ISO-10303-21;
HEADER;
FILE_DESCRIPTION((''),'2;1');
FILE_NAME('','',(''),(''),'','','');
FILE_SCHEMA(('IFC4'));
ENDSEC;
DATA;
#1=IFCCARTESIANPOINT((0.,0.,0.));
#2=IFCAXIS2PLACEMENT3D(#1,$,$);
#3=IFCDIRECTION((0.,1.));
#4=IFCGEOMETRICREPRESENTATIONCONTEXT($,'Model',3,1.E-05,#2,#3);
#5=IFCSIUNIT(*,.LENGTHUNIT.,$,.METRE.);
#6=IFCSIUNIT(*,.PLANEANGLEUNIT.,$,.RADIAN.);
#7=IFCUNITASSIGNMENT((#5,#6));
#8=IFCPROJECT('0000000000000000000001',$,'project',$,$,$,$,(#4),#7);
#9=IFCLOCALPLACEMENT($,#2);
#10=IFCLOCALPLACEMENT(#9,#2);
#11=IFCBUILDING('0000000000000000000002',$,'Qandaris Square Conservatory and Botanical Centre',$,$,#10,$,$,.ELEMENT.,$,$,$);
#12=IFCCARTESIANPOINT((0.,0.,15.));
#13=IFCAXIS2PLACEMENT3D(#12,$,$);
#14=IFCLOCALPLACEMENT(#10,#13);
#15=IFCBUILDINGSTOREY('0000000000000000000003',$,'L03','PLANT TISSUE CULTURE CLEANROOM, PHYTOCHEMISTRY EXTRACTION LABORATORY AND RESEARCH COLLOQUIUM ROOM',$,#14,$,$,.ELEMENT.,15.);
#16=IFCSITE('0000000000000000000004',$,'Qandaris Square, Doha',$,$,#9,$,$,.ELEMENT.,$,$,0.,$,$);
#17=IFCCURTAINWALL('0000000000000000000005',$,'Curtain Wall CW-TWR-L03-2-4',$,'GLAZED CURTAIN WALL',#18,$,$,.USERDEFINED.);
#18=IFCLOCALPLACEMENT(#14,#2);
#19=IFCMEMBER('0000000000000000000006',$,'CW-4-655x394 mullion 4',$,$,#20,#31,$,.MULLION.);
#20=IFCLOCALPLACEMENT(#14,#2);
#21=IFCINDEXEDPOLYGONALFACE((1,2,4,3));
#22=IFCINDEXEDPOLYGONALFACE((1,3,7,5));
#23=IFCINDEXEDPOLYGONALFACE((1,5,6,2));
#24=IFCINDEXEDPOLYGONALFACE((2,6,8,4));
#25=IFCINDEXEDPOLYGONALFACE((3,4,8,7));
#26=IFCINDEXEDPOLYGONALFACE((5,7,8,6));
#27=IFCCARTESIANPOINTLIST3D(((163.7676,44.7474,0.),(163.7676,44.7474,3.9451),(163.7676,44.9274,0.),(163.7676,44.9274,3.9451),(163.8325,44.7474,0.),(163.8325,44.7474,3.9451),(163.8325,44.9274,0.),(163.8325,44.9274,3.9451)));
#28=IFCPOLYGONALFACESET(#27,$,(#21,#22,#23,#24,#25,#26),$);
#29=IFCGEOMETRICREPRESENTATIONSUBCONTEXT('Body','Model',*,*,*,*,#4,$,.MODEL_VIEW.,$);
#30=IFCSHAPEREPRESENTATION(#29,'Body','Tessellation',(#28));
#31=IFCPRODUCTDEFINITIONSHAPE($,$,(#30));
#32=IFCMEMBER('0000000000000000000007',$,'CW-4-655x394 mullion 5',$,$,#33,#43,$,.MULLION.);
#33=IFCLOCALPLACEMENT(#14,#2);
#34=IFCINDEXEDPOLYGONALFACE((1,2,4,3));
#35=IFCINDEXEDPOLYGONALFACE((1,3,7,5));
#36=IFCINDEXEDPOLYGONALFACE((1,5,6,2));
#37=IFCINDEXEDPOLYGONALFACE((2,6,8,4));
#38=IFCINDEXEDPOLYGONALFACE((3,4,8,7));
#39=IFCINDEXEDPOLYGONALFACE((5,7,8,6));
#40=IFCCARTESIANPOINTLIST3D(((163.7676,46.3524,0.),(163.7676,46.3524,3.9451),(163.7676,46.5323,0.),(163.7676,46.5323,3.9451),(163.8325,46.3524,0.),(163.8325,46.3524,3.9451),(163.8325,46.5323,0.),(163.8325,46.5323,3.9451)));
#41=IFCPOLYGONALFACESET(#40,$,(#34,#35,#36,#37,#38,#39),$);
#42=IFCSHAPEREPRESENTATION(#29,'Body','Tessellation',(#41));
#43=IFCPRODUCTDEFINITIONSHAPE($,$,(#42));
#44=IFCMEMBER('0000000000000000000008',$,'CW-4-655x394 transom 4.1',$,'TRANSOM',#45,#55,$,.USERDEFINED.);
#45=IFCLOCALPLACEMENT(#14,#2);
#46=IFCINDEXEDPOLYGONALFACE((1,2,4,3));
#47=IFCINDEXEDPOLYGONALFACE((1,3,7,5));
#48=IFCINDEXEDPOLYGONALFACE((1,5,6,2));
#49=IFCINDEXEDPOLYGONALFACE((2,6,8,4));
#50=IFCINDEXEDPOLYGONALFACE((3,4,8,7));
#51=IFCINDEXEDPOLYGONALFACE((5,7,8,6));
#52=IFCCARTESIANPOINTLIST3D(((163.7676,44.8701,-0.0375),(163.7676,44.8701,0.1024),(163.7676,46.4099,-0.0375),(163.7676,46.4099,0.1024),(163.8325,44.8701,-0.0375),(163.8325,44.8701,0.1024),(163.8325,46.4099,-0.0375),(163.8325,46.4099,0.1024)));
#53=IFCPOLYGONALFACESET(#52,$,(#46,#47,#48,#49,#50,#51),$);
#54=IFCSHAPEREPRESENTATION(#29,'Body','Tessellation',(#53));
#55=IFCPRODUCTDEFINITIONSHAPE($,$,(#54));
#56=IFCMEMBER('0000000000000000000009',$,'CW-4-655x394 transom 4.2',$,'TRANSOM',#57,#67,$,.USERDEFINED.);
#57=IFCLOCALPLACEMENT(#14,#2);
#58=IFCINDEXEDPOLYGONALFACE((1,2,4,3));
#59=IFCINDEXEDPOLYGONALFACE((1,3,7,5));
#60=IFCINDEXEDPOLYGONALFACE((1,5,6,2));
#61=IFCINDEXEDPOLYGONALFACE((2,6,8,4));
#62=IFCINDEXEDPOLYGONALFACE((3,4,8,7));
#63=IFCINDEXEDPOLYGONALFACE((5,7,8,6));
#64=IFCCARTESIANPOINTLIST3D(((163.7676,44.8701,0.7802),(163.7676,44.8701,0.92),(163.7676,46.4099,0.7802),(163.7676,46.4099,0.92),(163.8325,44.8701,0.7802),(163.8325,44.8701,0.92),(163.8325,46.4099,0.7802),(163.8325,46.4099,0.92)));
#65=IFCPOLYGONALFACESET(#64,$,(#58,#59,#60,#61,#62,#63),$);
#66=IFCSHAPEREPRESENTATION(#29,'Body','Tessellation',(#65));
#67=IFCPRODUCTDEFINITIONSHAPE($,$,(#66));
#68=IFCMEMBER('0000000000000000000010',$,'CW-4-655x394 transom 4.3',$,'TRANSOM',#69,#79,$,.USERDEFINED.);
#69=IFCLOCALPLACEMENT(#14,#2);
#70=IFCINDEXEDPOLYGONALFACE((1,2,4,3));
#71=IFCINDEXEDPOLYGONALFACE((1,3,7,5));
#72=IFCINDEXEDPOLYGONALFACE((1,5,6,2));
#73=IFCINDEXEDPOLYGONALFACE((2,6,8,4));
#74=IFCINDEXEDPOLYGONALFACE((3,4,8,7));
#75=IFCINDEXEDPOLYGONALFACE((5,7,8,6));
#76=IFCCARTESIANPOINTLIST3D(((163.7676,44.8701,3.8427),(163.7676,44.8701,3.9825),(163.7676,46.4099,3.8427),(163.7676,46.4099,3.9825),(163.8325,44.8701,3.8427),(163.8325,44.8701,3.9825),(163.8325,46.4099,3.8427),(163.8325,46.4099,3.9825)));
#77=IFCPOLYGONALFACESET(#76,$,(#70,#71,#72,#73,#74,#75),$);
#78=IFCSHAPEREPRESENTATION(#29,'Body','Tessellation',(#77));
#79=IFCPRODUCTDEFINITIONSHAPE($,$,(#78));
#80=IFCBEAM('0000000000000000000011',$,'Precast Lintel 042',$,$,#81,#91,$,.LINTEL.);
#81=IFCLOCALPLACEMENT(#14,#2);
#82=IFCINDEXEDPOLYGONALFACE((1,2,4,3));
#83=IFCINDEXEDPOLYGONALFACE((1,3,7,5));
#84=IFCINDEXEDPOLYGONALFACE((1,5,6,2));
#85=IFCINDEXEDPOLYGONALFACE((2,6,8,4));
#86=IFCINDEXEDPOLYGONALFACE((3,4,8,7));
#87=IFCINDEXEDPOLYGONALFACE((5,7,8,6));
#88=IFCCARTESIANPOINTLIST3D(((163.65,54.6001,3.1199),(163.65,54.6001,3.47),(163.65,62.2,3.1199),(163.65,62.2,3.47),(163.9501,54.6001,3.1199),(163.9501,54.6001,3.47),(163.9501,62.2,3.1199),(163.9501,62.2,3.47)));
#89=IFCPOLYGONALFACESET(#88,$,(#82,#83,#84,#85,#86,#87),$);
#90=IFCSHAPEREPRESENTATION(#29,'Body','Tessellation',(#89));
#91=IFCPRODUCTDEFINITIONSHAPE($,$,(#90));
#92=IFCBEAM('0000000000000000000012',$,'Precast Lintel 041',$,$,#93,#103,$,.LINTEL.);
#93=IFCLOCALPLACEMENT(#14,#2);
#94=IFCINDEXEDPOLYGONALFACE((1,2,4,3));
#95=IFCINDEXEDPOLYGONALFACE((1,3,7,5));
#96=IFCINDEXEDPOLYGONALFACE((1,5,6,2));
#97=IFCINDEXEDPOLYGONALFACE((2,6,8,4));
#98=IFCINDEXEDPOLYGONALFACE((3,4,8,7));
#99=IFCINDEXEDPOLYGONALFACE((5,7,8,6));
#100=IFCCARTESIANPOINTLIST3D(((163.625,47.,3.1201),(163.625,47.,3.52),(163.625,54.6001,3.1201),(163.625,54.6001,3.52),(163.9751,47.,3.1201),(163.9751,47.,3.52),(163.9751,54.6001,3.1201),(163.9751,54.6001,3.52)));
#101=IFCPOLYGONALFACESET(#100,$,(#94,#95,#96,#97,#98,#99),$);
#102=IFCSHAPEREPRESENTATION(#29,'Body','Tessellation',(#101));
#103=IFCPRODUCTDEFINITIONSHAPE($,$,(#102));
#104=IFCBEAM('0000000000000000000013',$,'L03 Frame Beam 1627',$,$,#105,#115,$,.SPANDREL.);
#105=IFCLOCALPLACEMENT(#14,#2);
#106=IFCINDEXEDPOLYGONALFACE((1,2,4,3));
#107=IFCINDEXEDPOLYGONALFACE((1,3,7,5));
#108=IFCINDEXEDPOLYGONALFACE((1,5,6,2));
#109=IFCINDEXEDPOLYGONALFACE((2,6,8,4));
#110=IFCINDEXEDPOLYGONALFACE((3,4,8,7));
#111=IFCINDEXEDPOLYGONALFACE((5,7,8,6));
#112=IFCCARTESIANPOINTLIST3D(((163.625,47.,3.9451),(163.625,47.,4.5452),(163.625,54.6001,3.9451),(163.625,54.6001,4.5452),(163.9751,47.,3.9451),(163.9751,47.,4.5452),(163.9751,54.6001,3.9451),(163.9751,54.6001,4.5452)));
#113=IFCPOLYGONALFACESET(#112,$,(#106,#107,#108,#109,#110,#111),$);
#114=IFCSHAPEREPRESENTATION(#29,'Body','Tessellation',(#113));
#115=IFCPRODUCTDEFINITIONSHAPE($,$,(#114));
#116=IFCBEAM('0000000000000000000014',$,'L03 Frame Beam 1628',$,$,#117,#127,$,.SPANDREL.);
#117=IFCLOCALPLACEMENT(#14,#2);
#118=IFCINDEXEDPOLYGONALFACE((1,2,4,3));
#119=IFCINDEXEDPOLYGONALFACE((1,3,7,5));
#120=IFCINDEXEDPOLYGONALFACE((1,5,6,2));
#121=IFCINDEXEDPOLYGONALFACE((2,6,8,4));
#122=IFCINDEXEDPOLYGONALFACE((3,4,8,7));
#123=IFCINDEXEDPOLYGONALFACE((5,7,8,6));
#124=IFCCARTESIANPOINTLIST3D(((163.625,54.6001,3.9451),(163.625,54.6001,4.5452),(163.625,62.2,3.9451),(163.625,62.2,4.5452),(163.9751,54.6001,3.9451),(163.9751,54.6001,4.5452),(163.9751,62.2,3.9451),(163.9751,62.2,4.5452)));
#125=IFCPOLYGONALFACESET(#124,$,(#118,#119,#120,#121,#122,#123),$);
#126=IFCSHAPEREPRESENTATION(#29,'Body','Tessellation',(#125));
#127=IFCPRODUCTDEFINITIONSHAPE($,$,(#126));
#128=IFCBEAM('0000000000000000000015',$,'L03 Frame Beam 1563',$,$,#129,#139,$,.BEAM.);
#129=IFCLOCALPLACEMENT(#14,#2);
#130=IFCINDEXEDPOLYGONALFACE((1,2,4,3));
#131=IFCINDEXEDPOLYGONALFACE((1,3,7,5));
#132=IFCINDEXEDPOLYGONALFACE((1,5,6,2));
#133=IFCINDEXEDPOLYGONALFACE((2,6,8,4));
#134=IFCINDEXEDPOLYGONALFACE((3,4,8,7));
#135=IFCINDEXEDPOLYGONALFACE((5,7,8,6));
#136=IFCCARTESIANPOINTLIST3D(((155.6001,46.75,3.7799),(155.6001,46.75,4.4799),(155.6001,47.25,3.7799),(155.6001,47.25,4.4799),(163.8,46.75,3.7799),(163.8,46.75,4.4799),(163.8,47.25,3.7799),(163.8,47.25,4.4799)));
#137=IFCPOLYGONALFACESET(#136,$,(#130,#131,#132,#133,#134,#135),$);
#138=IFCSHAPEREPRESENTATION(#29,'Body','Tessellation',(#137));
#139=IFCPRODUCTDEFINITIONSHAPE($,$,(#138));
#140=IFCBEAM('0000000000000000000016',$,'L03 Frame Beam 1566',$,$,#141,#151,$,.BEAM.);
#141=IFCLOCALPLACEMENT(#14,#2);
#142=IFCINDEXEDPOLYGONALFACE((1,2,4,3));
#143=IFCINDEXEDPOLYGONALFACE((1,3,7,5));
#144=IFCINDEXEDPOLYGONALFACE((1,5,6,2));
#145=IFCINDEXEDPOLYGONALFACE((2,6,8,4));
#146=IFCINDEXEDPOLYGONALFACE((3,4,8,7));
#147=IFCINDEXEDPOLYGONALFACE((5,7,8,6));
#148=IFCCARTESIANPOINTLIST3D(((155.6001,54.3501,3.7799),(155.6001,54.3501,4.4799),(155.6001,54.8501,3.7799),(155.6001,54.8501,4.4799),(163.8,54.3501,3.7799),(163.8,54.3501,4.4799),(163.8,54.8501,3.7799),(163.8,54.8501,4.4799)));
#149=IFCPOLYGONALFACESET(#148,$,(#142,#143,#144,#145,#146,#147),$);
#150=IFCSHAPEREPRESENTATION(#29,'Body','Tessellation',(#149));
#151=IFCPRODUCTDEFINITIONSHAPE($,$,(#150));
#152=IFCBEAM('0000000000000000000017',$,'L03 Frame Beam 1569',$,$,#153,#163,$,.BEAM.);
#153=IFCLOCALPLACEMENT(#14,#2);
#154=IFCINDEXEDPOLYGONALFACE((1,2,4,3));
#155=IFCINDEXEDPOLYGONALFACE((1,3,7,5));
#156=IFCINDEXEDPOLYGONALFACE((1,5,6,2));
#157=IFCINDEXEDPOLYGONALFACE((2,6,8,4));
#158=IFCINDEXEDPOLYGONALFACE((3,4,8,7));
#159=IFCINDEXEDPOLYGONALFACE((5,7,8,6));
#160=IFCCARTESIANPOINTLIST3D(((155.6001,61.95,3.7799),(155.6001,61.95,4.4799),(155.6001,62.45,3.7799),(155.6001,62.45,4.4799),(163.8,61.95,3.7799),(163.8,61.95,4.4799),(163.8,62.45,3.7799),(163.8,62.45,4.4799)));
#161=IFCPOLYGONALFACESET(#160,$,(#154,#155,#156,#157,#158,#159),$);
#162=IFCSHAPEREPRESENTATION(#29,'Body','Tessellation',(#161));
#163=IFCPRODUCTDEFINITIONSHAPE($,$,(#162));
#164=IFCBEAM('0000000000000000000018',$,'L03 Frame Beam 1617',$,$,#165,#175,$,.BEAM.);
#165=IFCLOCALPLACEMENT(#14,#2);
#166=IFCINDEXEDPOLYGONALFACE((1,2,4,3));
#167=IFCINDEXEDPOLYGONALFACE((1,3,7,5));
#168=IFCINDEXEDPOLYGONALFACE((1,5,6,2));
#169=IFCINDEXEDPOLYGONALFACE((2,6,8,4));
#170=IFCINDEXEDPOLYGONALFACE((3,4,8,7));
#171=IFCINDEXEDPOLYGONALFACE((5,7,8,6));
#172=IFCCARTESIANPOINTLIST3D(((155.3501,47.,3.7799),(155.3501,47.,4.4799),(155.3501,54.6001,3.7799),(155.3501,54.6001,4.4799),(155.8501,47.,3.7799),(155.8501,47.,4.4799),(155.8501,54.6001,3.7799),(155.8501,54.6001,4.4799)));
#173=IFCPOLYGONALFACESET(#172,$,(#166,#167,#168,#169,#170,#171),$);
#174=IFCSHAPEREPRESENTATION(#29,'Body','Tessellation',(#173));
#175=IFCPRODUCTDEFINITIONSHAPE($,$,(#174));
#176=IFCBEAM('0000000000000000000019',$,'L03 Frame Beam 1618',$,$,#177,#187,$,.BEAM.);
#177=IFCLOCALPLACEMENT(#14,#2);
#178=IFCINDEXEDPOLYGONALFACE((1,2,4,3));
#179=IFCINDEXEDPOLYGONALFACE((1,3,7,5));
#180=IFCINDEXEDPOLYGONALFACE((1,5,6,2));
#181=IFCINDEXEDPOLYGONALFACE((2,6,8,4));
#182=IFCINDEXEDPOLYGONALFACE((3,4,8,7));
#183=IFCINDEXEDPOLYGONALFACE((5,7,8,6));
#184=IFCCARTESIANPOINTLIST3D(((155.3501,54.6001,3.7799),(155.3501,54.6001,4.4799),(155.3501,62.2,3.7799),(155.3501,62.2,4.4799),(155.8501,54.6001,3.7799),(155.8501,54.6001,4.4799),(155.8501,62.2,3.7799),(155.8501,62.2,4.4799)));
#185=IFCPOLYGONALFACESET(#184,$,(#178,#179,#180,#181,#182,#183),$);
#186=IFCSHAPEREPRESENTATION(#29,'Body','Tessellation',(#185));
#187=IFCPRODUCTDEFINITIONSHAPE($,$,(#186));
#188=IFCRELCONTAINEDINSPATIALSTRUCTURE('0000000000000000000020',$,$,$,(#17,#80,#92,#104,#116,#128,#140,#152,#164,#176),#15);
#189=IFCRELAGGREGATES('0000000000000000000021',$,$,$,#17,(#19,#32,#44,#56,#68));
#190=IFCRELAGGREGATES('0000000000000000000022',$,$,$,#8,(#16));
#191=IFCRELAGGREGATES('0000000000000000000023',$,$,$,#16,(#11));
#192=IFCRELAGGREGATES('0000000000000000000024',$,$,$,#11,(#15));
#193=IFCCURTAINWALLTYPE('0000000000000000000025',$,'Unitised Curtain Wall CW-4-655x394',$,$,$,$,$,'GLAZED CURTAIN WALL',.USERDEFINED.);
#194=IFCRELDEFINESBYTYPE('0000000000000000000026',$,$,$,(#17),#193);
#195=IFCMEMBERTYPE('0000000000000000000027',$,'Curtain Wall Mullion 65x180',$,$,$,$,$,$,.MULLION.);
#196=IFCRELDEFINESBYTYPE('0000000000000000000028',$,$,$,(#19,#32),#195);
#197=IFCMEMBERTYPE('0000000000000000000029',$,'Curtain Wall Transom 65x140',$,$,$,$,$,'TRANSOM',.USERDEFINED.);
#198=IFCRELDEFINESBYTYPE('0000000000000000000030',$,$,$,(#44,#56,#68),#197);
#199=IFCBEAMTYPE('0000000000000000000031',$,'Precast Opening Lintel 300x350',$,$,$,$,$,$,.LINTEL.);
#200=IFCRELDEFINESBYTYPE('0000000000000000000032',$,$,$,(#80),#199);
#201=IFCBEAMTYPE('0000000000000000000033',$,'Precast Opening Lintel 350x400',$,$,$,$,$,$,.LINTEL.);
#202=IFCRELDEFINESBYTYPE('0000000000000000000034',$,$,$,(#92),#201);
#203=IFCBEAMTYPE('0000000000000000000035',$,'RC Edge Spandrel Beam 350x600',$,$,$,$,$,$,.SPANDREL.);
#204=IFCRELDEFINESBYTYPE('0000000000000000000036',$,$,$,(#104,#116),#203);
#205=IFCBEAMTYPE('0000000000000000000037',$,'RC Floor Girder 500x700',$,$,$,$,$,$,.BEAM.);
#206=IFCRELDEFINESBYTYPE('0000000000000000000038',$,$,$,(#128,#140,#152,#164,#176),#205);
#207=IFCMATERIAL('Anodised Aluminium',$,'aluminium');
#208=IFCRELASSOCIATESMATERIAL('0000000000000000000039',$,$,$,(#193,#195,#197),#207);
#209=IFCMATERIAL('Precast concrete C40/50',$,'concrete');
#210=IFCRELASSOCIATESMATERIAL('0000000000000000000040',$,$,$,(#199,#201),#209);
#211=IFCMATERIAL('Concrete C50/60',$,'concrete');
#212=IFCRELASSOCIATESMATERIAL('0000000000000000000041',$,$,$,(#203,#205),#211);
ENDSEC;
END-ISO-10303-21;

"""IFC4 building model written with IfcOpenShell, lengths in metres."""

from ifc_helpers import new_model, si_unit, direction, frame, origin, origin_2d, place, context, subcontext, project, spatial, rectangle, extrude, material, material_profile, profile_set, type_object, element, aggregate, save


model = new_model("IFC4")

# Units and contexts
model_context = context("Model", 3, precision=1e-05, world=origin(), true_north=direction((0.0, 1.0)))
body_context = subcontext(model_context, "Body", "Model", "MODEL_VIEW")
ifc_project = project(units=[si_unit("LENGTHUNIT", "METRE"), si_unit("PLANEANGLEUNIT", "RADIAN")], contexts=[model_context])

# Site, building, storey
site_placement = place(None, origin())
site = spatial("IfcSite", under=ifc_project, at=site_placement, Name="Qandaris Square, Doha", CompositionType="ELEMENT", RefElevation=0.0)
building_placement = place(site_placement, origin())
building = spatial("IfcBuilding", under=site, at=building_placement, Name="Qandaris Square Conservatory and Botanical Centre", CompositionType="ELEMENT")
storey_placement = place(building_placement, frame((0.0, 0.0, 15.0)))
storey = spatial("IfcBuildingStorey", under=building, at=storey_placement, Name="L03", Description="PLANT TISSUE CULTURE CLEANROOM, PHYTOCHEMISTRY EXTRACTION LABORATORY AND RESEARCH COLLOQUIUM ROOM", CompositionType="ELEMENT", Elevation=15.0)

# Shared definitions
ifc_material_1 = material(Name="Concrete C50/60", Category="concrete")

# Curtain wall, members
ifc_material_2 = material(Name="Anodised Aluminium", Category="aluminium")
curtain_wall_type = type_object("IfcCurtainWallType", Name="Unitised Curtain Wall CW-4-655x394", ElementType="GLAZED CURTAIN WALL", PredefinedType="USERDEFINED", material=ifc_material_2)
curtain_wall_placement = place(storey_placement, origin())
curtain_wall = element("IfcCurtainWall", 1, at=curtain_wall_placement, inside=storey, type_object=curtain_wall_type, Name="Curtain Wall CW-TWR-L03-2-4", ObjectType="GLAZED CURTAIN WALL", PredefinedType="USERDEFINED")
ifc_material_profile_1 = material_profile(ifc_material_2, rectangle(XDim=0.0649, YDim=0.1799, at=origin_2d()), Name="ALU-MUL 65x180")
ifc_profile_set_1 = profile_set([ifc_material_profile_1], Name="Anodised Aluminium")
member_type_1 = type_object("IfcMemberType", Name="Curtain Wall Mullion 65x180", PredefinedType="MULLION", material=ifc_profile_set_1)
member_1_placement = place(storey_placement, frame((163.8, 44.8374, 0.0), z_axis=(0.0, 0.0, 1.0), x_axis=(-1.0, 0.0, 0.0)))
member_1 = element("IfcMember", 2, at=member_1_placement, type_object=member_type_1, Name="CW-4-655x394 mullion 4", PredefinedType="MULLION", context=body_context, shape_type="SweptSolid", body=[
    extrude(rectangle(XDim=0.0649, YDim=0.1799, at=origin_2d()), origin(), (0.0, 0.0, 1.0), 3.9451),
])
member_2_placement = place(storey_placement, frame((163.8, 46.4424, 0.0), z_axis=(0.0, 0.0, 1.0), x_axis=(-1.0, 0.0, 0.0)))
member_2 = element("IfcMember", 3, at=member_2_placement, type_object=member_type_1, Name="CW-4-655x394 mullion 5", PredefinedType="MULLION", context=body_context, shape_type="SweptSolid", body=[
    extrude(rectangle(XDim=0.0649, YDim=0.1799, at=origin_2d()), origin(), (0.0, 0.0, 1.0), 3.9451),
])
ifc_material_profile_2 = material_profile(ifc_material_2, rectangle(XDim=0.0649, YDim=0.1399, at=origin_2d()), Name="ALU-TRN 65x140")
ifc_profile_set_2 = profile_set([ifc_material_profile_2], Name="Anodised Aluminium")
member_type_2 = type_object("IfcMemberType", Name="Curtain Wall Transom 65x140", ElementType="TRANSOM", PredefinedType="USERDEFINED", material=ifc_profile_set_2)
member_3_placement = place(storey_placement, frame((163.8, 44.8701, 0.0325), z_axis=(0.0, 1.0, 0.0), x_axis=(-1.0, 0.0, 0.0)))
member_3 = element("IfcMember", 4, at=member_3_placement, type_object=member_type_2, Name="CW-4-655x394 transom 4.1", ObjectType="TRANSOM", PredefinedType="USERDEFINED", context=body_context, shape_type="SweptSolid", body=[
    extrude(rectangle(XDim=0.0649, YDim=0.1399, at=origin_2d()), origin(), (0.0, 0.0, 1.0), 1.5398),
])
member_4_placement = place(storey_placement, frame((163.8, 44.8701, 0.8501), z_axis=(0.0, 1.0, 0.0), x_axis=(-1.0, 0.0, 0.0)))
member_4 = element("IfcMember", 5, at=member_4_placement, type_object=member_type_2, Name="CW-4-655x394 transom 4.2", ObjectType="TRANSOM", PredefinedType="USERDEFINED", context=body_context, shape_type="SweptSolid", body=[
    extrude(rectangle(XDim=0.0649, YDim=0.1399, at=origin_2d()), origin(), (0.0, 0.0, 1.0), 1.5398),
])
member_5_placement = place(storey_placement, frame((163.8, 44.8701, 3.9126), z_axis=(0.0, 1.0, 0.0), x_axis=(-1.0, 0.0, 0.0)))
member_5 = element("IfcMember", 6, at=member_5_placement, type_object=member_type_2, Name="CW-4-655x394 transom 4.3", ObjectType="TRANSOM", PredefinedType="USERDEFINED", context=body_context, shape_type="SweptSolid", body=[
    extrude(rectangle(XDim=0.0649, YDim=0.1399, at=origin_2d()), origin(), (0.0, 0.0, 1.0), 1.5398),
])

# Beams
ifc_material_3 = material(Name="Precast concrete C40/50", Category="concrete")
ifc_material_profile_3 = material_profile(ifc_material_3, rectangle(XDim=0.3, YDim=0.3501, at=origin_2d()), Name="RC-LN 300x350")
ifc_profile_set_3 = profile_set([ifc_material_profile_3], Name="Precast concrete C40/50")
beam_type_1 = type_object("IfcBeamType", Name="Precast Opening Lintel 300x350", PredefinedType="LINTEL", material=ifc_profile_set_3)
beam_1_placement = place(storey_placement, frame((163.8, 54.6001, 3.2949), z_axis=(0.0, 1.0, 0.0), x_axis=(-1.0, 0.0, 0.0)))
element("IfcBeam", 7, at=beam_1_placement, inside=storey, type_object=beam_type_1, Name="Precast Lintel 042", PredefinedType="LINTEL", context=body_context, shape_type="SweptSolid", body=[
    extrude(rectangle(XDim=0.3, YDim=0.3501, at=origin_2d()), origin(), (0.0, 0.0, 1.0), 7.5999),
])
ifc_material_profile_4 = material_profile(ifc_material_3, rectangle(XDim=0.3501, YDim=0.3999, at=origin_2d()), Name="RC-LN 350x400")
ifc_profile_set_4 = profile_set([ifc_material_profile_4], Name="Precast concrete C40/50")
beam_type_2 = type_object("IfcBeamType", Name="Precast Opening Lintel 350x400", PredefinedType="LINTEL", material=ifc_profile_set_4)
beam_2_placement = place(storey_placement, frame((163.8, 47.0, 3.3201), z_axis=(0.0, 1.0, 0.0), x_axis=(-1.0, 0.0, 0.0)))
element("IfcBeam", 8, at=beam_2_placement, inside=storey, type_object=beam_type_2, Name="Precast Lintel 041", PredefinedType="LINTEL", context=body_context, shape_type="SweptSolid", body=[
    extrude(rectangle(XDim=0.3501, YDim=0.3999, at=origin_2d()), origin(), (0.0, 0.0, 1.0), 7.6001),
])
ifc_material_profile_5 = material_profile(ifc_material_1, rectangle(XDim=0.3501, YDim=0.6001, at=origin_2d()), Name="RC-SP 350x600")
ifc_profile_set_5 = profile_set([ifc_material_profile_5], Name="Concrete C50/60")
beam_type_3 = type_object("IfcBeamType", Name="RC Edge Spandrel Beam 350x600", PredefinedType="SPANDREL", material=ifc_profile_set_5)
beam_3_placement = place(storey_placement, frame((163.8, 47.0, 4.2451), z_axis=(0.0, 1.0, 0.0), x_axis=(-1.0, 0.0, 0.0)))
element("IfcBeam", 9, at=beam_3_placement, inside=storey, type_object=beam_type_3, Name="L03 Frame Beam 1627", PredefinedType="SPANDREL", context=body_context, shape_type="SweptSolid", body=[
    extrude(rectangle(XDim=0.3501, YDim=0.6001, at=origin_2d()), origin(), (0.0, 0.0, 1.0), 7.6001),
])
beam_4_placement = place(storey_placement, frame((163.8, 54.6001, 4.2451), z_axis=(0.0, 1.0, 0.0), x_axis=(-1.0, 0.0, 0.0)))
element("IfcBeam", 10, at=beam_4_placement, inside=storey, type_object=beam_type_3, Name="L03 Frame Beam 1628", PredefinedType="SPANDREL", context=body_context, shape_type="SweptSolid", body=[
    extrude(rectangle(XDim=0.3501, YDim=0.6001, at=origin_2d()), origin(), (0.0, 0.0, 1.0), 7.5999),
])
ifc_material_profile_6 = material_profile(ifc_material_1, rectangle(XDim=0.5, YDim=0.7, at=origin_2d()), Name="RC-BM 500x700")
ifc_profile_set_6 = profile_set([ifc_material_profile_6], Name="Concrete C50/60")
beam_type_4 = type_object("IfcBeamType", Name="RC Floor Girder 500x700", PredefinedType="BEAM", material=ifc_profile_set_6)
for number, where, z_axis, x_axis, name in (
    (11, (155.6001, 47.0, 4.1299), (1.0, 0.0, 0.0), (0.0, 1.0, 0.0), "L03 Frame Beam 1563"),
    (12, (155.6001, 54.6001, 4.1299), (1.0, 0.0, 0.0), (0.0, 1.0, 0.0), "L03 Frame Beam 1566"),
    (13, (155.6001, 62.2, 4.1299), (1.0, 0.0, 0.0), (0.0, 1.0, 0.0), "L03 Frame Beam 1569"),
):
    element("IfcBeam", number, at=place(storey_placement, frame(where, z_axis=z_axis, x_axis=x_axis)), inside=storey, type_object=beam_type_4, Name=name, PredefinedType="BEAM", context=body_context, shape_type="SweptSolid", body=[
        extrude(rectangle(XDim=0.5, YDim=0.7, at=origin_2d()), origin(), (0.0, 0.0, 1.0), 8.2),
    ])
beam_5_placement = place(storey_placement, frame((155.6001, 47.0, 4.1299), z_axis=(0.0, 1.0, 0.0), x_axis=(-1.0, 0.0, 0.0)))
element("IfcBeam", 14, at=beam_5_placement, inside=storey, type_object=beam_type_4, Name="L03 Frame Beam 1617", PredefinedType="BEAM", context=body_context, shape_type="SweptSolid", body=[
    extrude(rectangle(XDim=0.5, YDim=0.7, at=origin_2d()), origin(), (0.0, 0.0, 1.0), 7.6001),
])
beam_6_placement = place(storey_placement, frame((155.6001, 54.6001, 4.1299), z_axis=(0.0, 1.0, 0.0), x_axis=(-1.0, 0.0, 0.0)))
element("IfcBeam", 15, at=beam_6_placement, inside=storey, type_object=beam_type_4, Name="L03 Frame Beam 1618", PredefinedType="BEAM", context=body_context, shape_type="SweptSolid", body=[
    extrude(rectangle(XDim=0.5, YDim=0.7, at=origin_2d()), origin(), (0.0, 0.0, 1.0), 7.5999),
])

aggregate(curtain_wall, [member_1, member_2, member_3, member_4, member_5])

save(model, "model.ifc")
